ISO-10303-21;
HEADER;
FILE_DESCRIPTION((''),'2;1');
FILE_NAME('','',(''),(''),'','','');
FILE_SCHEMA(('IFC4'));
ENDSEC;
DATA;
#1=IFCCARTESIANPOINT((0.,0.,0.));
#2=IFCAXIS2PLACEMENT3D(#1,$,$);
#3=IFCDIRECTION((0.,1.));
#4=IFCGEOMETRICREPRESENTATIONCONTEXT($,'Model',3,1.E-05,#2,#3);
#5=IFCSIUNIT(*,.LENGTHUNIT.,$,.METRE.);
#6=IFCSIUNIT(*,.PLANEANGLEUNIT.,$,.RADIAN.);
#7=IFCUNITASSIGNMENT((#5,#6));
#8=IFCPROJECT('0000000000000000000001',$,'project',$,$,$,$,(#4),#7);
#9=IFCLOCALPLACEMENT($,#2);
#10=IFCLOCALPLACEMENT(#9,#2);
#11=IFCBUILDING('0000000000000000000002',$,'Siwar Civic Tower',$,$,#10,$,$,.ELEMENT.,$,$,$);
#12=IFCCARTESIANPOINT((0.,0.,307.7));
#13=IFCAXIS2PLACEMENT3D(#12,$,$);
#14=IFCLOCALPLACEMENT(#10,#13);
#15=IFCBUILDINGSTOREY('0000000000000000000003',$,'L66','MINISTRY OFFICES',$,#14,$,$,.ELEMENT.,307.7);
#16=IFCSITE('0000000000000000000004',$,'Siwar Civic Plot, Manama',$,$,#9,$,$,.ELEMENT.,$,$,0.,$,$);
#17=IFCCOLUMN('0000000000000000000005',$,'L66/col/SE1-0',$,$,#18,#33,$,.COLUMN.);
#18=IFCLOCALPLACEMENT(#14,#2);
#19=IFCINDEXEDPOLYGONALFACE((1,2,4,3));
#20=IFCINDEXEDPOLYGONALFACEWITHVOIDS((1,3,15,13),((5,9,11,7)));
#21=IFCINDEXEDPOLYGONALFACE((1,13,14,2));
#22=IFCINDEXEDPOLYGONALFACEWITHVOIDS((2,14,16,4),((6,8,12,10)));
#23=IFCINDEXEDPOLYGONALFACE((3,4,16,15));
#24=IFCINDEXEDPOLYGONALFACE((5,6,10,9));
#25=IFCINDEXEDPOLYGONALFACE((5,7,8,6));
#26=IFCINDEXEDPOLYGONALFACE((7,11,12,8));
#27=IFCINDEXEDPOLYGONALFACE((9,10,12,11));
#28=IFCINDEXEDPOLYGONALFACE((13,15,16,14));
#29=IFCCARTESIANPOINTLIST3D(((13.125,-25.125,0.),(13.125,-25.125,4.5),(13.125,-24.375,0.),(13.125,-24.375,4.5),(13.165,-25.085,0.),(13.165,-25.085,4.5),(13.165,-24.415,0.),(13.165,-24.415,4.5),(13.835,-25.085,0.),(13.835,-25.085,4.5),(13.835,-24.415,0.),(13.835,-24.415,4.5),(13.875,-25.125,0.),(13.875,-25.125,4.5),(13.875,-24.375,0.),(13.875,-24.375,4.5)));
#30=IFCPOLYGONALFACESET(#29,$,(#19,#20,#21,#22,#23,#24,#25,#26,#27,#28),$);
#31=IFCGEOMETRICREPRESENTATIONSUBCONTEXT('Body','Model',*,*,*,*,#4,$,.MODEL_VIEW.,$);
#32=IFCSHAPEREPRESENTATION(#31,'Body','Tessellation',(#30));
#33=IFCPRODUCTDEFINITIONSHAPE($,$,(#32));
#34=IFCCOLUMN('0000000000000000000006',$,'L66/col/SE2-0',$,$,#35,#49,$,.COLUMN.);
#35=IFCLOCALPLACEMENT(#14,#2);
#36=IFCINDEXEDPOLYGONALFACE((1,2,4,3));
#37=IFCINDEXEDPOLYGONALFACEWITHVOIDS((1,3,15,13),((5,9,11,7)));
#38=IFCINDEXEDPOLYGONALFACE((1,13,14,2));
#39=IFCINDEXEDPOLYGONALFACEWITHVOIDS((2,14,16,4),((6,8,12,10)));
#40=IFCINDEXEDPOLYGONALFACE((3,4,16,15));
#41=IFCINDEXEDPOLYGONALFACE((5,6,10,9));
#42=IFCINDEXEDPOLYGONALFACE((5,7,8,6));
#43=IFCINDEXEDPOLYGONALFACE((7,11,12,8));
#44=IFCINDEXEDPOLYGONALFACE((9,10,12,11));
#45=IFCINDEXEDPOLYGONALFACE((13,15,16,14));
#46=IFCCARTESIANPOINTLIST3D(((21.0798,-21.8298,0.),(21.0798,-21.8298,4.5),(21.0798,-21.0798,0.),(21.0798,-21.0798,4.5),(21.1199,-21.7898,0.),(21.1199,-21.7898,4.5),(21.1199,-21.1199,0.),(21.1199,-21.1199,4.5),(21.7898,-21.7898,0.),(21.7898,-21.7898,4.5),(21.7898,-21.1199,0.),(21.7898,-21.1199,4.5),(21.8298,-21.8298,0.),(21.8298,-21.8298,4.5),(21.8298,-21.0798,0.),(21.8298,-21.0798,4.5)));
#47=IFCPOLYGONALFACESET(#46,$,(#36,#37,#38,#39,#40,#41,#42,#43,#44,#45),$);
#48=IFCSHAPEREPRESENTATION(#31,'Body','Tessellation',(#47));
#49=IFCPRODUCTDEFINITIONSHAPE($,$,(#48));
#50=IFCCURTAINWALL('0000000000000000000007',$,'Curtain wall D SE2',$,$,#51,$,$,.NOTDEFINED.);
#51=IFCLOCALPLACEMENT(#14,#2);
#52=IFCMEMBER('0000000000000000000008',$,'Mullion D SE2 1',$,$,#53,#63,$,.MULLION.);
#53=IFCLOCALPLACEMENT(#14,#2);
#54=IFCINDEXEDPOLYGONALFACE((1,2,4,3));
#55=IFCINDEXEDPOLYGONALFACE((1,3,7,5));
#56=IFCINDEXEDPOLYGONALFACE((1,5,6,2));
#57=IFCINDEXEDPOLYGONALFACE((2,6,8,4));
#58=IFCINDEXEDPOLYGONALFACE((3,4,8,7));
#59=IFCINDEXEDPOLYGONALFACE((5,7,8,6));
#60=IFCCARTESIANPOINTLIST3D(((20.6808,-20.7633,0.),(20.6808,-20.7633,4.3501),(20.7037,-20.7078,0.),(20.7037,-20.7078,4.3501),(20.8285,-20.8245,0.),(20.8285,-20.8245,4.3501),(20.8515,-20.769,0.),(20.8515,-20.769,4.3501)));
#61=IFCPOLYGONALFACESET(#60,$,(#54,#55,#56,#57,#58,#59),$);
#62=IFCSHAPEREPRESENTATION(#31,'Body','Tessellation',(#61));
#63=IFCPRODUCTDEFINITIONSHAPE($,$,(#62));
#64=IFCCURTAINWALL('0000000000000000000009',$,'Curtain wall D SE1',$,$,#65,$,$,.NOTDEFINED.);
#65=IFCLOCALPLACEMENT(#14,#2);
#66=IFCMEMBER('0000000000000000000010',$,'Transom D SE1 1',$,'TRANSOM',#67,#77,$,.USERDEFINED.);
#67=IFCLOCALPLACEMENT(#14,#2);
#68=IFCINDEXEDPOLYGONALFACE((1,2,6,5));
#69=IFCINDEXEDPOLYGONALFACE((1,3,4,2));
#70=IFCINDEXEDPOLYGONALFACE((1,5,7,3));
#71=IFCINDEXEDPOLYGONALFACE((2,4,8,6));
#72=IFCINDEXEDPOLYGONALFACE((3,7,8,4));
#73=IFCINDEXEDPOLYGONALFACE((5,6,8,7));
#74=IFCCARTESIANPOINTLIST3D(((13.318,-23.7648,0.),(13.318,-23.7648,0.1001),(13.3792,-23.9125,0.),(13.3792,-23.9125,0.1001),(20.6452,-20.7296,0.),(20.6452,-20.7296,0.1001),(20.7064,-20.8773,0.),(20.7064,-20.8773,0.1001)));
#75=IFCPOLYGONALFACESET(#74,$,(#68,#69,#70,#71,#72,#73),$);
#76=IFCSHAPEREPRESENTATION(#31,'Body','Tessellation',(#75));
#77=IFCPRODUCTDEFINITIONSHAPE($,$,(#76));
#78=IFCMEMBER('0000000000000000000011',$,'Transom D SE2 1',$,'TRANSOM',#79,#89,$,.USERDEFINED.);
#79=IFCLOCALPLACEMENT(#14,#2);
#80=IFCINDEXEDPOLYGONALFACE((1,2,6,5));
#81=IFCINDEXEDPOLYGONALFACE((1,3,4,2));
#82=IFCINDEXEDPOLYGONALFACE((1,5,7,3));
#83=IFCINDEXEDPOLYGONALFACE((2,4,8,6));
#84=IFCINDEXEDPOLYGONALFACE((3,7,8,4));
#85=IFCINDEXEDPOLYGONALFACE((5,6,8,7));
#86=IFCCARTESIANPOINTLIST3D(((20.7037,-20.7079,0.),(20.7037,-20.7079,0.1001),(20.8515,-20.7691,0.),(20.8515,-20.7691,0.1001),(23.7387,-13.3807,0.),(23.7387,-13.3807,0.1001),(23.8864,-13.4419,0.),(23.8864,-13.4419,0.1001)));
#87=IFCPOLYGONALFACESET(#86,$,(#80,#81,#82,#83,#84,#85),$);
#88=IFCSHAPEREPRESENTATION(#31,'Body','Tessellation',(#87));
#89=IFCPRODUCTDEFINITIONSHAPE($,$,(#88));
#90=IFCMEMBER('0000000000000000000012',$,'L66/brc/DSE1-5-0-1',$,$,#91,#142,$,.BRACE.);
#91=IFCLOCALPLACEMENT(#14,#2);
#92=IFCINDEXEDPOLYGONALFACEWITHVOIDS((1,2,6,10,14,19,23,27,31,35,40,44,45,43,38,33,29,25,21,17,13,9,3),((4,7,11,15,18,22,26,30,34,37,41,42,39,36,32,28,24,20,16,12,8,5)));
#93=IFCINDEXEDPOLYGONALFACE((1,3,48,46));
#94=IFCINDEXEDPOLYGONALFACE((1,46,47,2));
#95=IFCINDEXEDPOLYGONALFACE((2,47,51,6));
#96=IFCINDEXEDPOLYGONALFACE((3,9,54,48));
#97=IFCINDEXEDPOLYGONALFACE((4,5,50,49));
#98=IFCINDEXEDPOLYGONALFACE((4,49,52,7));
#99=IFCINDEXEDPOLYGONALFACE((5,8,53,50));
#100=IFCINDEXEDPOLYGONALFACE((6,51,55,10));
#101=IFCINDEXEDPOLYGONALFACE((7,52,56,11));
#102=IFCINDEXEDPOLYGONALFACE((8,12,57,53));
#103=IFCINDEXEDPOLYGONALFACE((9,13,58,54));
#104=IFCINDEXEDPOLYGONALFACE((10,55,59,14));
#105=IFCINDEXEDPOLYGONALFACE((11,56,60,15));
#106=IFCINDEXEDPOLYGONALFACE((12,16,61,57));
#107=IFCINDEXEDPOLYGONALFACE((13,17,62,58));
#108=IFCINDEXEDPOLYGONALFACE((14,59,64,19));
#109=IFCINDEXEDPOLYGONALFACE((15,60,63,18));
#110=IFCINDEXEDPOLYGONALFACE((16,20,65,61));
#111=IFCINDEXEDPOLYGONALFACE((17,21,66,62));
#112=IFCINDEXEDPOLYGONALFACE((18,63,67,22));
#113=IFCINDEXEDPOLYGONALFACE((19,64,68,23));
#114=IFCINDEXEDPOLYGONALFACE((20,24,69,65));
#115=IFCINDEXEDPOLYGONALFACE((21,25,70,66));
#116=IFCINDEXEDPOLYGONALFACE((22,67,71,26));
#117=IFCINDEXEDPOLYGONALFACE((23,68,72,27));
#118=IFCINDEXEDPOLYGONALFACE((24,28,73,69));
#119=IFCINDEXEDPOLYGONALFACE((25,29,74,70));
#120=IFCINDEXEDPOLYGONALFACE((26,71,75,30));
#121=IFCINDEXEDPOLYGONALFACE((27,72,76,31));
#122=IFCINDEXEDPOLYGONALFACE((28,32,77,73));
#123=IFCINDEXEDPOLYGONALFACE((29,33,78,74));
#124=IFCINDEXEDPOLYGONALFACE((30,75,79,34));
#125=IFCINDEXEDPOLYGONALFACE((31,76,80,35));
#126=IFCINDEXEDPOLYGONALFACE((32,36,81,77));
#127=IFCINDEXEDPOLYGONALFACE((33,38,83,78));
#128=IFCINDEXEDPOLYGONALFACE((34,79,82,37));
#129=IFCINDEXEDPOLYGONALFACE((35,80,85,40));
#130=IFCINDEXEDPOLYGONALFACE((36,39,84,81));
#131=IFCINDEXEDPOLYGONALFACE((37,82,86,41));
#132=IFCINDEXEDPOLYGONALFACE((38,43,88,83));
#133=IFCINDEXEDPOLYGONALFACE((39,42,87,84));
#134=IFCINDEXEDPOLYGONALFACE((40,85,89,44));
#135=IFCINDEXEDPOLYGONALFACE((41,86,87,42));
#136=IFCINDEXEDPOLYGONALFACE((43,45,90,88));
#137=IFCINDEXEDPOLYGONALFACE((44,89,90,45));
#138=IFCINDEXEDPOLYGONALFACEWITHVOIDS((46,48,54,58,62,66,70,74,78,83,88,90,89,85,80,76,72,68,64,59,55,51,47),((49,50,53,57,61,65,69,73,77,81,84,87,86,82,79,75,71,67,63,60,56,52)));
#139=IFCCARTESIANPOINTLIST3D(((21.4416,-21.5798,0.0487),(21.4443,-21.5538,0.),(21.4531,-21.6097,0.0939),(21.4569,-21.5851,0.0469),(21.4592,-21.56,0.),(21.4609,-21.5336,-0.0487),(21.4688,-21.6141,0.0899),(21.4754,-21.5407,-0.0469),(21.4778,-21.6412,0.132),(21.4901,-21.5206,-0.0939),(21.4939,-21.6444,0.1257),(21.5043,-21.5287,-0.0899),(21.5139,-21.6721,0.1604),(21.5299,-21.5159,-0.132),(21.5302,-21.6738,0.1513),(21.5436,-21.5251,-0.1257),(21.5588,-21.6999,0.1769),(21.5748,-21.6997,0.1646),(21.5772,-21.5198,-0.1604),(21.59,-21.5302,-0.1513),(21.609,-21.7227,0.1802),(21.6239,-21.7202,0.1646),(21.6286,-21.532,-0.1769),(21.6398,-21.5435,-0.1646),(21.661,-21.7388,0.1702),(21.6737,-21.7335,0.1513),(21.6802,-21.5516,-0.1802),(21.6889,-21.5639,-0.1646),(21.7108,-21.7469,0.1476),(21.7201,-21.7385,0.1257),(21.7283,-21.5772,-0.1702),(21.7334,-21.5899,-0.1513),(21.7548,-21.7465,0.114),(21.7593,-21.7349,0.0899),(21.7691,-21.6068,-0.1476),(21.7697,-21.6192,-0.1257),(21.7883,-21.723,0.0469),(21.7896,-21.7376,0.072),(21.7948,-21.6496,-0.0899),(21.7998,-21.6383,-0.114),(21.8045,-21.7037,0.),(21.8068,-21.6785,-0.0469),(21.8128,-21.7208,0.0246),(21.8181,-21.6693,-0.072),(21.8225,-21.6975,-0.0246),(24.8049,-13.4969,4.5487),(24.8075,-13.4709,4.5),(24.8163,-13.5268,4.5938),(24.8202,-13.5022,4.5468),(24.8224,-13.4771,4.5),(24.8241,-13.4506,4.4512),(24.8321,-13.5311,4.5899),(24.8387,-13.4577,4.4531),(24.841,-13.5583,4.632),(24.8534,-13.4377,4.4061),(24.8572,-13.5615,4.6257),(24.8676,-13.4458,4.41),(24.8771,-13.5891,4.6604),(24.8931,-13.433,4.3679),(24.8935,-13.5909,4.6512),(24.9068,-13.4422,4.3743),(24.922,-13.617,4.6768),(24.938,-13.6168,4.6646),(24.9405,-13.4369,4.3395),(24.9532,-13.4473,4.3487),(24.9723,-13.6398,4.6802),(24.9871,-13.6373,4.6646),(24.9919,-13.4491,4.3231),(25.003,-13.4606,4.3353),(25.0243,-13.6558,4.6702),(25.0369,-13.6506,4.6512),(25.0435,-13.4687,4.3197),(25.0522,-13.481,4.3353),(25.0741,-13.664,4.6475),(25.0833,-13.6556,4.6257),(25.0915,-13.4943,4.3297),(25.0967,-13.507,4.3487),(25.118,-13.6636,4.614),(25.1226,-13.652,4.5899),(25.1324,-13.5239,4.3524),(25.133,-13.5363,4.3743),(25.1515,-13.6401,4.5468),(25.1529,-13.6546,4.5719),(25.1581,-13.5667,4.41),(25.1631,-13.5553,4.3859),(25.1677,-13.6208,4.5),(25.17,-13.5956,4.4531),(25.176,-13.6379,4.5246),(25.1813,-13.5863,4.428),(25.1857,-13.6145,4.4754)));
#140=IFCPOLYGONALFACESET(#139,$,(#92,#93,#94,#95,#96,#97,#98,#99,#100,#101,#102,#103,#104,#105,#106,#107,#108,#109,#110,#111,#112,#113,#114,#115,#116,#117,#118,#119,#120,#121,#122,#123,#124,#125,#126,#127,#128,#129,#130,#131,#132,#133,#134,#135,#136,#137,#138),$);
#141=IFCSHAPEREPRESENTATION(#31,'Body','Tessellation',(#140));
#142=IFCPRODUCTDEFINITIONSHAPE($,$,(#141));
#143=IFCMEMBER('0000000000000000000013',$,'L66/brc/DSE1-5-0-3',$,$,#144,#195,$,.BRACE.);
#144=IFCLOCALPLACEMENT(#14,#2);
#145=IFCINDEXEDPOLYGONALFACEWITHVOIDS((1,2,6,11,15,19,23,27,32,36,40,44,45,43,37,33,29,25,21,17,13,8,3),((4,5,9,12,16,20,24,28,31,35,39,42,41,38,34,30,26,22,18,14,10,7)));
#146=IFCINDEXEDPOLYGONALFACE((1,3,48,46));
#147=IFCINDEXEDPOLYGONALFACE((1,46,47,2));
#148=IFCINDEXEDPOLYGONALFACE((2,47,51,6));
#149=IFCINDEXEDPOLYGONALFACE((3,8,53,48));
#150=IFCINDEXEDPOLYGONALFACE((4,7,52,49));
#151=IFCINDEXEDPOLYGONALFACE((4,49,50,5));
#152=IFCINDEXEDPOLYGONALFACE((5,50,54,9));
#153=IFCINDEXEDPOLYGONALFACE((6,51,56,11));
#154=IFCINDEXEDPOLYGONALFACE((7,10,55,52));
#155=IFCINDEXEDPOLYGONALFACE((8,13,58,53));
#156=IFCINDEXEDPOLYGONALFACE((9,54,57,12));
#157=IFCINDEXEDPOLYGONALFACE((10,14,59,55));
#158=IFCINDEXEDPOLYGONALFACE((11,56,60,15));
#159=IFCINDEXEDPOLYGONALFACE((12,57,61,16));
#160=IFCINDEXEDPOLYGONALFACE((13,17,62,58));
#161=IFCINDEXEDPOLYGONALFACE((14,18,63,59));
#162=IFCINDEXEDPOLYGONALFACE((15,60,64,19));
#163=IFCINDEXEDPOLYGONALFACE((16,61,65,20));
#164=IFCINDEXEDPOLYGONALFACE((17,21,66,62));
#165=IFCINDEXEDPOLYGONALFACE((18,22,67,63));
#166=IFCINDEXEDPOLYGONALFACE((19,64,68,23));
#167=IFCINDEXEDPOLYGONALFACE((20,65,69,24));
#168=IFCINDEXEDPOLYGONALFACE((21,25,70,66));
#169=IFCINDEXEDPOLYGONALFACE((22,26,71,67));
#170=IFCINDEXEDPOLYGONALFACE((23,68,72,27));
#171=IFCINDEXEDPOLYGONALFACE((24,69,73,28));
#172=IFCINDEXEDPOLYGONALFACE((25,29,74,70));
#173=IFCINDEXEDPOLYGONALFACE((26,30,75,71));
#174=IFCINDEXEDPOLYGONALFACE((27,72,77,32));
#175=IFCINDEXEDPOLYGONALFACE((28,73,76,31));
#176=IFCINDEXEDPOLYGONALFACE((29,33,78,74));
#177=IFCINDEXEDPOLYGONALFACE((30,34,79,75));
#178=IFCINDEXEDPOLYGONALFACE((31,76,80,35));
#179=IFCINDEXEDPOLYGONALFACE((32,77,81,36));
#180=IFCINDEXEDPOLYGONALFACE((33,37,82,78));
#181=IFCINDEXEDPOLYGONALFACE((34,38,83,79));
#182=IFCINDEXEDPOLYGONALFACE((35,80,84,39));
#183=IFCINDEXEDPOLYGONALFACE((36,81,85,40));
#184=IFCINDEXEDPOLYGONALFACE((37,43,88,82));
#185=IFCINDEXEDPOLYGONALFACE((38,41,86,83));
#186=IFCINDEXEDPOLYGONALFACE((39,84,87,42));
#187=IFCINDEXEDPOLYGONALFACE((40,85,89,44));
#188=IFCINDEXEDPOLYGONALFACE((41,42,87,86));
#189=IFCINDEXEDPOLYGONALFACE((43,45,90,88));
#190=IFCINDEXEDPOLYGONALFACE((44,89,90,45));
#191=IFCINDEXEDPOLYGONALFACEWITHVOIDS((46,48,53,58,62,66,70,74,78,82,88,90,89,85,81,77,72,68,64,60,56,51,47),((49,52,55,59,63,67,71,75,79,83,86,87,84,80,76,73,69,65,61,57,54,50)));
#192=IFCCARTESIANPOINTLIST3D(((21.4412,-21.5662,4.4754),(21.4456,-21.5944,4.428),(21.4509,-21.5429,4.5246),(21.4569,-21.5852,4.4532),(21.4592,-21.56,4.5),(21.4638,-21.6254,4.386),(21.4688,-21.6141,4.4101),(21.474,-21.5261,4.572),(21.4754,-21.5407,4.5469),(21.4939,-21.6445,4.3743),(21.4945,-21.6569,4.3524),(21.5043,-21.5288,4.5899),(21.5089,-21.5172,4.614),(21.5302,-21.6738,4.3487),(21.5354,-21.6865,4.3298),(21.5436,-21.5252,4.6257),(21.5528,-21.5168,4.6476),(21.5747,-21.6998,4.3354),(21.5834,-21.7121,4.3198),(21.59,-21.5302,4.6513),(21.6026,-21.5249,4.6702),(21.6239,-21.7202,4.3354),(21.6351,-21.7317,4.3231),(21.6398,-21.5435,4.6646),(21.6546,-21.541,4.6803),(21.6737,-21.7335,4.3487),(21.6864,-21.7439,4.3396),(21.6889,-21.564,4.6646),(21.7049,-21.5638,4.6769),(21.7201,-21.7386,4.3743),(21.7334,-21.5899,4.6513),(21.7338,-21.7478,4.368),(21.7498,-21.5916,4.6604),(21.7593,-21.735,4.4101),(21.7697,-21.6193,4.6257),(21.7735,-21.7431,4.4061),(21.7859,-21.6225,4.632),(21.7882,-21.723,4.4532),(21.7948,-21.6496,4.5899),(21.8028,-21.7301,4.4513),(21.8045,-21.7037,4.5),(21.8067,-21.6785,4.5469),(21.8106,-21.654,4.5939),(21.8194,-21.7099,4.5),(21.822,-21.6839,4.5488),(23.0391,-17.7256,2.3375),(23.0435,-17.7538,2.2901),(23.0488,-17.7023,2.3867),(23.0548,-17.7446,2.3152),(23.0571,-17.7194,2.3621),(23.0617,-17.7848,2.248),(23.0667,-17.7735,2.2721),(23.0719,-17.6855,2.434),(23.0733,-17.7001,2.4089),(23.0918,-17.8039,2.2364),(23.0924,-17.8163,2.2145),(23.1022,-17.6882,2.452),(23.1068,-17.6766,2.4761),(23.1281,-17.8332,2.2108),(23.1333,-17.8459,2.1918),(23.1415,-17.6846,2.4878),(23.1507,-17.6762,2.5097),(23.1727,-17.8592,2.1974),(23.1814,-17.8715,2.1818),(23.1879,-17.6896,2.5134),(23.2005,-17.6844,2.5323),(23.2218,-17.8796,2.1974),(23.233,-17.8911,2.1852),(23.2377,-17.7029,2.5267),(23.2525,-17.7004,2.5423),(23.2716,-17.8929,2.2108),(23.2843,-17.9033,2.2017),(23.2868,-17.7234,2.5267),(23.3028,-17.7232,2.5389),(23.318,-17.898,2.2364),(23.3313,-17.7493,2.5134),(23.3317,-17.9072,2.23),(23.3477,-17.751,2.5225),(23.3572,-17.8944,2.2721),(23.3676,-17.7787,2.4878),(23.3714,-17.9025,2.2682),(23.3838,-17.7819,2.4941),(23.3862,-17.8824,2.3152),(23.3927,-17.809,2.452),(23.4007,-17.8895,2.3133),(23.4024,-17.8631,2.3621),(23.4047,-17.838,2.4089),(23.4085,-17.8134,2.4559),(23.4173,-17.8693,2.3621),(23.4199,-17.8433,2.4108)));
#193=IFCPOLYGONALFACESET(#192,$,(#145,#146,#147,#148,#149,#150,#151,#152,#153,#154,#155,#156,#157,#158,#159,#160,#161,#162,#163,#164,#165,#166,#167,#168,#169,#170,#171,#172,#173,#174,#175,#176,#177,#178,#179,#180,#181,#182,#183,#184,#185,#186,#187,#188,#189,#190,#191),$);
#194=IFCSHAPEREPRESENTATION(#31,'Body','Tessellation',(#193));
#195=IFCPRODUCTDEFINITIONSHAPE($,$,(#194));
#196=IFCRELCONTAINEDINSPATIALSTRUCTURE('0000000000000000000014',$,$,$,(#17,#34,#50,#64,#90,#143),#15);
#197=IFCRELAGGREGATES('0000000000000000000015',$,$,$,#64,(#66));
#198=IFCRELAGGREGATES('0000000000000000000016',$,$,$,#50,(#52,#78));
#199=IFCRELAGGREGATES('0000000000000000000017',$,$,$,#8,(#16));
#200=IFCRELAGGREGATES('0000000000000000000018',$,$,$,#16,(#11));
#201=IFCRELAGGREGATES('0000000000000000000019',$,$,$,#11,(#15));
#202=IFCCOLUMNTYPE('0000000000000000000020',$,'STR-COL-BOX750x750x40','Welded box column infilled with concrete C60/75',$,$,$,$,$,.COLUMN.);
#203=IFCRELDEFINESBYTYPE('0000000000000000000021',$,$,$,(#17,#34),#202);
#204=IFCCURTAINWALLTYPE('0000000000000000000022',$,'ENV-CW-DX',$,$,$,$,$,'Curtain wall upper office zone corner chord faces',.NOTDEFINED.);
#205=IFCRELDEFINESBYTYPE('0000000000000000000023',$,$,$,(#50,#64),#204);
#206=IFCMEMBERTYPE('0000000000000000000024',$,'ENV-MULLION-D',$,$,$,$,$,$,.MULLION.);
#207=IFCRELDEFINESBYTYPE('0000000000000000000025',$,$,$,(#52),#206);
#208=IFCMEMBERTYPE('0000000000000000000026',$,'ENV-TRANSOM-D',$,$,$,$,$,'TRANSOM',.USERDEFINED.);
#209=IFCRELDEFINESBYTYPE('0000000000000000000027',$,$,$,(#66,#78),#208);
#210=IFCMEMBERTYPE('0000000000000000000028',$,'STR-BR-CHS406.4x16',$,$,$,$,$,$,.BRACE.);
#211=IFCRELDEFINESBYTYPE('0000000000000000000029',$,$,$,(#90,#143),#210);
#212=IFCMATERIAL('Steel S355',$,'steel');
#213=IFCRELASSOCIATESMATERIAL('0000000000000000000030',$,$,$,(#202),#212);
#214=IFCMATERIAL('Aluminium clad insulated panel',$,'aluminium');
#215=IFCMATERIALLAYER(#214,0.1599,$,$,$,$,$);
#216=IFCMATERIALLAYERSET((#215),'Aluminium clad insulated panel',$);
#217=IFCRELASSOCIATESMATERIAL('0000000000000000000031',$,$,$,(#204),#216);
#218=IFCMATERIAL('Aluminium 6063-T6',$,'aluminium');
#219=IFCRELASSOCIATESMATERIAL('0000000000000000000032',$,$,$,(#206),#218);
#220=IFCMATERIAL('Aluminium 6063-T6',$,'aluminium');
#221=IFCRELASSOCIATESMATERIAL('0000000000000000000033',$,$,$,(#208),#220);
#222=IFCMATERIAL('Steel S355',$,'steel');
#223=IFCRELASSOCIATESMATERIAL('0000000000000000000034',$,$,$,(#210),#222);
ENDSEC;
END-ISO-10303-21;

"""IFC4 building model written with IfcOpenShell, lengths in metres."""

from ifc_helpers import new_model, si_unit, direction, frame, origin, origin_2d, place, context, subcontext, project, spatial, rectangle, hollow_rectangle, hollow_circle, extrude, material, layer, layer_set, material_profile, profile_set, type_object, element, aggregate, save


model = new_model("IFC4")

# Units and contexts
model_context = context("Model", 3, precision=1e-05, world=origin(), true_north=direction((0.0, 1.0)))
body_context = subcontext(model_context, "Body", "Model", "MODEL_VIEW")
ifc_project = project(units=[si_unit("LENGTHUNIT", "METRE"), si_unit("PLANEANGLEUNIT", "RADIAN")], contexts=[model_context])

# Site, building, storey
site_placement = place(None, origin())
site = spatial("IfcSite", under=ifc_project, at=site_placement, Name="Siwar Civic Plot, Manama", CompositionType="ELEMENT", RefElevation=0.0)
building_placement = place(site_placement, origin())
building = spatial("IfcBuilding", under=site, at=building_placement, Name="Siwar Civic Tower", CompositionType="ELEMENT")
storey_placement = place(building_placement, frame((0.0, 0.0, 307.7)))
storey = spatial("IfcBuildingStorey", under=building, at=storey_placement, Name="L66", Description="MINISTRY OFFICES", CompositionType="ELEMENT", Elevation=307.7)

# Columns
ifc_material_1 = material(Name="Steel S355", Category="steel")
ifc_material_profile_1 = material_profile(ifc_material_1, hollow_rectangle(XDim=0.75, YDim=0.75, WallThickness=0.04, at=origin_2d()), Name="BOX750x750x40")
ifc_profile_set_1 = profile_set([ifc_material_profile_1], Name="Steel S355")
column_type = type_object("IfcColumnType", Name="STR-COL-BOX750x750x40", Description="Welded box column infilled with concrete C60/75", PredefinedType="COLUMN", material=ifc_profile_set_1)
for number, where, z_axis, x_axis, name in (
    (1, (13.5, -24.75, 0.0), (0.0, 0.0, 1.0), (1.0, 0.0, 0.0), "L66/col/SE1-0"),
    (2, (21.4548, -21.4548, 0.0), (0.0, 0.0, 1.0), (1.0, 0.0, 0.0), "L66/col/SE2-0"),
):
    element("IfcColumn", number, at=place(storey_placement, frame(where, z_axis=z_axis, x_axis=x_axis)), inside=storey, type_object=column_type, Name=name, PredefinedType="COLUMN", context=body_context, shape_type="SweptSolid", body=[
        extrude(hollow_rectangle(XDim=0.75, YDim=0.75, WallThickness=0.04, at=origin_2d()), origin(), (0.0, 0.0, 1.0), 4.5),
    ])

# Curtain walls, members
ifc_material_2 = material(Name="Aluminium clad insulated panel", Category="aluminium")
ifc_layer_1 = layer(ifc_material_2, 0.1599)
ifc_layer_set_1 = layer_set([ifc_layer_1], Name="Aluminium clad insulated panel")
curtain_wall_type = type_object("IfcCurtainWallType", Name="ENV-CW-DX", ElementType="Curtain wall upper office zone corner chord faces", PredefinedType="NOTDEFINED", material=ifc_layer_set_1)
curtain_wall_1_placement = place(storey_placement, origin())
curtain_wall_1 = element("IfcCurtainWall", 3, at=curtain_wall_1_placement, inside=storey, type_object=curtain_wall_type, Name="Curtain wall D SE2", PredefinedType="NOTDEFINED")
ifc_material_3 = material(Name="Aluminium 6063-T6", Category="aluminium")
ifc_material_profile_2 = material_profile(ifc_material_3, rectangle(XDim=0.1599, YDim=0.0601, at=origin_2d()), Name="AL 160x60")
ifc_profile_set_2 = profile_set([ifc_material_profile_2], Name="Aluminium 6063-T6")
member_type_1 = type_object("IfcMemberType", Name="ENV-MULLION-D", PredefinedType="MULLION", material=ifc_profile_set_2)
member_1_placement = place(storey_placement, frame((20.7661, -20.7661, 0.0), z_axis=(0.0, 0.0, 1.0), x_axis=(-0.92388, 0.382683, 0.0)))
member_1 = element("IfcMember", 4, at=member_1_placement, type_object=member_type_1, Name="Mullion D SE2 1", PredefinedType="MULLION", context=body_context, shape_type="SweptSolid", body=[
    extrude(rectangle(XDim=0.1599, YDim=0.0601, at=origin_2d()), origin(), (0.0, 0.0, 1.0), 4.3501),
])
curtain_wall_2_placement = place(storey_placement, origin())
curtain_wall_2 = element("IfcCurtainWall", 5, at=curtain_wall_2_placement, inside=storey, type_object=curtain_wall_type, Name="Curtain wall D SE1", PredefinedType="NOTDEFINED")
ifc_material_4 = material(Name="Aluminium 6063-T6", Category="aluminium")
ifc_material_profile_3 = material_profile(ifc_material_4, rectangle(XDim=0.1599, YDim=0.1001, at=origin_2d()), Name="AL 160x100")
ifc_profile_set_3 = profile_set([ifc_material_profile_3], Name="Aluminium 6063-T6")
member_type_2 = type_object("IfcMemberType", Name="ENV-TRANSOM-D", ElementType="TRANSOM", PredefinedType="USERDEFINED", material=ifc_profile_set_3)
member_2_placement = place(storey_placement, frame((13.3486, -23.8386, 0.05), z_axis=(0.923873, 0.3827, 0.0), x_axis=(-0.3827, 0.923873, 0.0)))
member_2 = element("IfcMember", 6, at=member_2_placement, type_object=member_type_2, Name="Transom D SE1 1", ObjectType="TRANSOM", PredefinedType="USERDEFINED", context=body_context, shape_type="SweptSolid", body=[
    extrude(rectangle(XDim=0.1599, YDim=0.1001, at=origin_2d()), origin(), (0.0, 0.0, 1.0), 7.9309),
])

# Member
member_3_placement = place(storey_placement, frame((20.7776, -20.7385, 0.05), z_axis=(0.382674, 0.923884, 0.0), x_axis=(-0.923884, 0.382674, 0.0)))
member_3 = element("IfcMember", 7, at=member_3_placement, type_object=member_type_2, Name="Transom D SE2 1", ObjectType="TRANSOM", PredefinedType="USERDEFINED", context=body_context, shape_type="SweptSolid", body=[
    extrude(rectangle(XDim=0.1599, YDim=0.1001, at=origin_2d()), origin(), (0.0, 0.0, 1.0), 7.9309),
])

# Members
ifc_material_5 = material(Name="Steel S355", Category="steel")
ifc_material_profile_4 = material_profile(ifc_material_5, hollow_circle(Radius=0.2031, WallThickness=0.0161, at=origin_2d()), Name="CHS406.4x16")
ifc_profile_set_4 = profile_set([ifc_material_profile_4], Name="Steel S355")
member_type_3 = type_object("IfcMemberType", Name="STR-BR-CHS406.4x16", PredefinedType="BRACE", material=ifc_profile_set_4)
member_4_placement = place(storey_placement, frame((21.6318, -21.6318, 0.0), z_axis=(0.341671, 0.821143, 0.457149), x_axis=(-0.923265, 0.384164, 0.0)))
element("IfcMember", 8, at=member_4_placement, inside=storey, type_object=member_type_3, Name="L66/brc/DSE1-5-0-1", PredefinedType="BRACE", context=body_context, shape_type="SweptSolid", body=[
    extrude(hollow_circle(Radius=0.2031, WallThickness=0.0161, at=origin_2d()), origin(), (0.0, 0.0, 1.0), 9.8435),
])
member_5_placement = place(storey_placement, frame((23.2297, -17.7913, 2.3621), z_axis=(-0.341653, -0.821167, 0.45712), x_axis=(0.923276, -0.384136, 0.0)))
element("IfcMember", 9, at=member_5_placement, inside=storey, type_object=member_type_3, Name="L66/brc/DSE1-5-0-3", PredefinedType="BRACE", context=body_context, shape_type="SweptSolid", body=[
    extrude(hollow_circle(Radius=0.2031, WallThickness=0.0161, at=origin_2d()), origin(), (0.0, 0.0, 1.0), 4.677),
])

aggregate(curtain_wall_2, [member_2])
aggregate(curtain_wall_1, [member_1, member_3])

save(model, "model.ifc")
